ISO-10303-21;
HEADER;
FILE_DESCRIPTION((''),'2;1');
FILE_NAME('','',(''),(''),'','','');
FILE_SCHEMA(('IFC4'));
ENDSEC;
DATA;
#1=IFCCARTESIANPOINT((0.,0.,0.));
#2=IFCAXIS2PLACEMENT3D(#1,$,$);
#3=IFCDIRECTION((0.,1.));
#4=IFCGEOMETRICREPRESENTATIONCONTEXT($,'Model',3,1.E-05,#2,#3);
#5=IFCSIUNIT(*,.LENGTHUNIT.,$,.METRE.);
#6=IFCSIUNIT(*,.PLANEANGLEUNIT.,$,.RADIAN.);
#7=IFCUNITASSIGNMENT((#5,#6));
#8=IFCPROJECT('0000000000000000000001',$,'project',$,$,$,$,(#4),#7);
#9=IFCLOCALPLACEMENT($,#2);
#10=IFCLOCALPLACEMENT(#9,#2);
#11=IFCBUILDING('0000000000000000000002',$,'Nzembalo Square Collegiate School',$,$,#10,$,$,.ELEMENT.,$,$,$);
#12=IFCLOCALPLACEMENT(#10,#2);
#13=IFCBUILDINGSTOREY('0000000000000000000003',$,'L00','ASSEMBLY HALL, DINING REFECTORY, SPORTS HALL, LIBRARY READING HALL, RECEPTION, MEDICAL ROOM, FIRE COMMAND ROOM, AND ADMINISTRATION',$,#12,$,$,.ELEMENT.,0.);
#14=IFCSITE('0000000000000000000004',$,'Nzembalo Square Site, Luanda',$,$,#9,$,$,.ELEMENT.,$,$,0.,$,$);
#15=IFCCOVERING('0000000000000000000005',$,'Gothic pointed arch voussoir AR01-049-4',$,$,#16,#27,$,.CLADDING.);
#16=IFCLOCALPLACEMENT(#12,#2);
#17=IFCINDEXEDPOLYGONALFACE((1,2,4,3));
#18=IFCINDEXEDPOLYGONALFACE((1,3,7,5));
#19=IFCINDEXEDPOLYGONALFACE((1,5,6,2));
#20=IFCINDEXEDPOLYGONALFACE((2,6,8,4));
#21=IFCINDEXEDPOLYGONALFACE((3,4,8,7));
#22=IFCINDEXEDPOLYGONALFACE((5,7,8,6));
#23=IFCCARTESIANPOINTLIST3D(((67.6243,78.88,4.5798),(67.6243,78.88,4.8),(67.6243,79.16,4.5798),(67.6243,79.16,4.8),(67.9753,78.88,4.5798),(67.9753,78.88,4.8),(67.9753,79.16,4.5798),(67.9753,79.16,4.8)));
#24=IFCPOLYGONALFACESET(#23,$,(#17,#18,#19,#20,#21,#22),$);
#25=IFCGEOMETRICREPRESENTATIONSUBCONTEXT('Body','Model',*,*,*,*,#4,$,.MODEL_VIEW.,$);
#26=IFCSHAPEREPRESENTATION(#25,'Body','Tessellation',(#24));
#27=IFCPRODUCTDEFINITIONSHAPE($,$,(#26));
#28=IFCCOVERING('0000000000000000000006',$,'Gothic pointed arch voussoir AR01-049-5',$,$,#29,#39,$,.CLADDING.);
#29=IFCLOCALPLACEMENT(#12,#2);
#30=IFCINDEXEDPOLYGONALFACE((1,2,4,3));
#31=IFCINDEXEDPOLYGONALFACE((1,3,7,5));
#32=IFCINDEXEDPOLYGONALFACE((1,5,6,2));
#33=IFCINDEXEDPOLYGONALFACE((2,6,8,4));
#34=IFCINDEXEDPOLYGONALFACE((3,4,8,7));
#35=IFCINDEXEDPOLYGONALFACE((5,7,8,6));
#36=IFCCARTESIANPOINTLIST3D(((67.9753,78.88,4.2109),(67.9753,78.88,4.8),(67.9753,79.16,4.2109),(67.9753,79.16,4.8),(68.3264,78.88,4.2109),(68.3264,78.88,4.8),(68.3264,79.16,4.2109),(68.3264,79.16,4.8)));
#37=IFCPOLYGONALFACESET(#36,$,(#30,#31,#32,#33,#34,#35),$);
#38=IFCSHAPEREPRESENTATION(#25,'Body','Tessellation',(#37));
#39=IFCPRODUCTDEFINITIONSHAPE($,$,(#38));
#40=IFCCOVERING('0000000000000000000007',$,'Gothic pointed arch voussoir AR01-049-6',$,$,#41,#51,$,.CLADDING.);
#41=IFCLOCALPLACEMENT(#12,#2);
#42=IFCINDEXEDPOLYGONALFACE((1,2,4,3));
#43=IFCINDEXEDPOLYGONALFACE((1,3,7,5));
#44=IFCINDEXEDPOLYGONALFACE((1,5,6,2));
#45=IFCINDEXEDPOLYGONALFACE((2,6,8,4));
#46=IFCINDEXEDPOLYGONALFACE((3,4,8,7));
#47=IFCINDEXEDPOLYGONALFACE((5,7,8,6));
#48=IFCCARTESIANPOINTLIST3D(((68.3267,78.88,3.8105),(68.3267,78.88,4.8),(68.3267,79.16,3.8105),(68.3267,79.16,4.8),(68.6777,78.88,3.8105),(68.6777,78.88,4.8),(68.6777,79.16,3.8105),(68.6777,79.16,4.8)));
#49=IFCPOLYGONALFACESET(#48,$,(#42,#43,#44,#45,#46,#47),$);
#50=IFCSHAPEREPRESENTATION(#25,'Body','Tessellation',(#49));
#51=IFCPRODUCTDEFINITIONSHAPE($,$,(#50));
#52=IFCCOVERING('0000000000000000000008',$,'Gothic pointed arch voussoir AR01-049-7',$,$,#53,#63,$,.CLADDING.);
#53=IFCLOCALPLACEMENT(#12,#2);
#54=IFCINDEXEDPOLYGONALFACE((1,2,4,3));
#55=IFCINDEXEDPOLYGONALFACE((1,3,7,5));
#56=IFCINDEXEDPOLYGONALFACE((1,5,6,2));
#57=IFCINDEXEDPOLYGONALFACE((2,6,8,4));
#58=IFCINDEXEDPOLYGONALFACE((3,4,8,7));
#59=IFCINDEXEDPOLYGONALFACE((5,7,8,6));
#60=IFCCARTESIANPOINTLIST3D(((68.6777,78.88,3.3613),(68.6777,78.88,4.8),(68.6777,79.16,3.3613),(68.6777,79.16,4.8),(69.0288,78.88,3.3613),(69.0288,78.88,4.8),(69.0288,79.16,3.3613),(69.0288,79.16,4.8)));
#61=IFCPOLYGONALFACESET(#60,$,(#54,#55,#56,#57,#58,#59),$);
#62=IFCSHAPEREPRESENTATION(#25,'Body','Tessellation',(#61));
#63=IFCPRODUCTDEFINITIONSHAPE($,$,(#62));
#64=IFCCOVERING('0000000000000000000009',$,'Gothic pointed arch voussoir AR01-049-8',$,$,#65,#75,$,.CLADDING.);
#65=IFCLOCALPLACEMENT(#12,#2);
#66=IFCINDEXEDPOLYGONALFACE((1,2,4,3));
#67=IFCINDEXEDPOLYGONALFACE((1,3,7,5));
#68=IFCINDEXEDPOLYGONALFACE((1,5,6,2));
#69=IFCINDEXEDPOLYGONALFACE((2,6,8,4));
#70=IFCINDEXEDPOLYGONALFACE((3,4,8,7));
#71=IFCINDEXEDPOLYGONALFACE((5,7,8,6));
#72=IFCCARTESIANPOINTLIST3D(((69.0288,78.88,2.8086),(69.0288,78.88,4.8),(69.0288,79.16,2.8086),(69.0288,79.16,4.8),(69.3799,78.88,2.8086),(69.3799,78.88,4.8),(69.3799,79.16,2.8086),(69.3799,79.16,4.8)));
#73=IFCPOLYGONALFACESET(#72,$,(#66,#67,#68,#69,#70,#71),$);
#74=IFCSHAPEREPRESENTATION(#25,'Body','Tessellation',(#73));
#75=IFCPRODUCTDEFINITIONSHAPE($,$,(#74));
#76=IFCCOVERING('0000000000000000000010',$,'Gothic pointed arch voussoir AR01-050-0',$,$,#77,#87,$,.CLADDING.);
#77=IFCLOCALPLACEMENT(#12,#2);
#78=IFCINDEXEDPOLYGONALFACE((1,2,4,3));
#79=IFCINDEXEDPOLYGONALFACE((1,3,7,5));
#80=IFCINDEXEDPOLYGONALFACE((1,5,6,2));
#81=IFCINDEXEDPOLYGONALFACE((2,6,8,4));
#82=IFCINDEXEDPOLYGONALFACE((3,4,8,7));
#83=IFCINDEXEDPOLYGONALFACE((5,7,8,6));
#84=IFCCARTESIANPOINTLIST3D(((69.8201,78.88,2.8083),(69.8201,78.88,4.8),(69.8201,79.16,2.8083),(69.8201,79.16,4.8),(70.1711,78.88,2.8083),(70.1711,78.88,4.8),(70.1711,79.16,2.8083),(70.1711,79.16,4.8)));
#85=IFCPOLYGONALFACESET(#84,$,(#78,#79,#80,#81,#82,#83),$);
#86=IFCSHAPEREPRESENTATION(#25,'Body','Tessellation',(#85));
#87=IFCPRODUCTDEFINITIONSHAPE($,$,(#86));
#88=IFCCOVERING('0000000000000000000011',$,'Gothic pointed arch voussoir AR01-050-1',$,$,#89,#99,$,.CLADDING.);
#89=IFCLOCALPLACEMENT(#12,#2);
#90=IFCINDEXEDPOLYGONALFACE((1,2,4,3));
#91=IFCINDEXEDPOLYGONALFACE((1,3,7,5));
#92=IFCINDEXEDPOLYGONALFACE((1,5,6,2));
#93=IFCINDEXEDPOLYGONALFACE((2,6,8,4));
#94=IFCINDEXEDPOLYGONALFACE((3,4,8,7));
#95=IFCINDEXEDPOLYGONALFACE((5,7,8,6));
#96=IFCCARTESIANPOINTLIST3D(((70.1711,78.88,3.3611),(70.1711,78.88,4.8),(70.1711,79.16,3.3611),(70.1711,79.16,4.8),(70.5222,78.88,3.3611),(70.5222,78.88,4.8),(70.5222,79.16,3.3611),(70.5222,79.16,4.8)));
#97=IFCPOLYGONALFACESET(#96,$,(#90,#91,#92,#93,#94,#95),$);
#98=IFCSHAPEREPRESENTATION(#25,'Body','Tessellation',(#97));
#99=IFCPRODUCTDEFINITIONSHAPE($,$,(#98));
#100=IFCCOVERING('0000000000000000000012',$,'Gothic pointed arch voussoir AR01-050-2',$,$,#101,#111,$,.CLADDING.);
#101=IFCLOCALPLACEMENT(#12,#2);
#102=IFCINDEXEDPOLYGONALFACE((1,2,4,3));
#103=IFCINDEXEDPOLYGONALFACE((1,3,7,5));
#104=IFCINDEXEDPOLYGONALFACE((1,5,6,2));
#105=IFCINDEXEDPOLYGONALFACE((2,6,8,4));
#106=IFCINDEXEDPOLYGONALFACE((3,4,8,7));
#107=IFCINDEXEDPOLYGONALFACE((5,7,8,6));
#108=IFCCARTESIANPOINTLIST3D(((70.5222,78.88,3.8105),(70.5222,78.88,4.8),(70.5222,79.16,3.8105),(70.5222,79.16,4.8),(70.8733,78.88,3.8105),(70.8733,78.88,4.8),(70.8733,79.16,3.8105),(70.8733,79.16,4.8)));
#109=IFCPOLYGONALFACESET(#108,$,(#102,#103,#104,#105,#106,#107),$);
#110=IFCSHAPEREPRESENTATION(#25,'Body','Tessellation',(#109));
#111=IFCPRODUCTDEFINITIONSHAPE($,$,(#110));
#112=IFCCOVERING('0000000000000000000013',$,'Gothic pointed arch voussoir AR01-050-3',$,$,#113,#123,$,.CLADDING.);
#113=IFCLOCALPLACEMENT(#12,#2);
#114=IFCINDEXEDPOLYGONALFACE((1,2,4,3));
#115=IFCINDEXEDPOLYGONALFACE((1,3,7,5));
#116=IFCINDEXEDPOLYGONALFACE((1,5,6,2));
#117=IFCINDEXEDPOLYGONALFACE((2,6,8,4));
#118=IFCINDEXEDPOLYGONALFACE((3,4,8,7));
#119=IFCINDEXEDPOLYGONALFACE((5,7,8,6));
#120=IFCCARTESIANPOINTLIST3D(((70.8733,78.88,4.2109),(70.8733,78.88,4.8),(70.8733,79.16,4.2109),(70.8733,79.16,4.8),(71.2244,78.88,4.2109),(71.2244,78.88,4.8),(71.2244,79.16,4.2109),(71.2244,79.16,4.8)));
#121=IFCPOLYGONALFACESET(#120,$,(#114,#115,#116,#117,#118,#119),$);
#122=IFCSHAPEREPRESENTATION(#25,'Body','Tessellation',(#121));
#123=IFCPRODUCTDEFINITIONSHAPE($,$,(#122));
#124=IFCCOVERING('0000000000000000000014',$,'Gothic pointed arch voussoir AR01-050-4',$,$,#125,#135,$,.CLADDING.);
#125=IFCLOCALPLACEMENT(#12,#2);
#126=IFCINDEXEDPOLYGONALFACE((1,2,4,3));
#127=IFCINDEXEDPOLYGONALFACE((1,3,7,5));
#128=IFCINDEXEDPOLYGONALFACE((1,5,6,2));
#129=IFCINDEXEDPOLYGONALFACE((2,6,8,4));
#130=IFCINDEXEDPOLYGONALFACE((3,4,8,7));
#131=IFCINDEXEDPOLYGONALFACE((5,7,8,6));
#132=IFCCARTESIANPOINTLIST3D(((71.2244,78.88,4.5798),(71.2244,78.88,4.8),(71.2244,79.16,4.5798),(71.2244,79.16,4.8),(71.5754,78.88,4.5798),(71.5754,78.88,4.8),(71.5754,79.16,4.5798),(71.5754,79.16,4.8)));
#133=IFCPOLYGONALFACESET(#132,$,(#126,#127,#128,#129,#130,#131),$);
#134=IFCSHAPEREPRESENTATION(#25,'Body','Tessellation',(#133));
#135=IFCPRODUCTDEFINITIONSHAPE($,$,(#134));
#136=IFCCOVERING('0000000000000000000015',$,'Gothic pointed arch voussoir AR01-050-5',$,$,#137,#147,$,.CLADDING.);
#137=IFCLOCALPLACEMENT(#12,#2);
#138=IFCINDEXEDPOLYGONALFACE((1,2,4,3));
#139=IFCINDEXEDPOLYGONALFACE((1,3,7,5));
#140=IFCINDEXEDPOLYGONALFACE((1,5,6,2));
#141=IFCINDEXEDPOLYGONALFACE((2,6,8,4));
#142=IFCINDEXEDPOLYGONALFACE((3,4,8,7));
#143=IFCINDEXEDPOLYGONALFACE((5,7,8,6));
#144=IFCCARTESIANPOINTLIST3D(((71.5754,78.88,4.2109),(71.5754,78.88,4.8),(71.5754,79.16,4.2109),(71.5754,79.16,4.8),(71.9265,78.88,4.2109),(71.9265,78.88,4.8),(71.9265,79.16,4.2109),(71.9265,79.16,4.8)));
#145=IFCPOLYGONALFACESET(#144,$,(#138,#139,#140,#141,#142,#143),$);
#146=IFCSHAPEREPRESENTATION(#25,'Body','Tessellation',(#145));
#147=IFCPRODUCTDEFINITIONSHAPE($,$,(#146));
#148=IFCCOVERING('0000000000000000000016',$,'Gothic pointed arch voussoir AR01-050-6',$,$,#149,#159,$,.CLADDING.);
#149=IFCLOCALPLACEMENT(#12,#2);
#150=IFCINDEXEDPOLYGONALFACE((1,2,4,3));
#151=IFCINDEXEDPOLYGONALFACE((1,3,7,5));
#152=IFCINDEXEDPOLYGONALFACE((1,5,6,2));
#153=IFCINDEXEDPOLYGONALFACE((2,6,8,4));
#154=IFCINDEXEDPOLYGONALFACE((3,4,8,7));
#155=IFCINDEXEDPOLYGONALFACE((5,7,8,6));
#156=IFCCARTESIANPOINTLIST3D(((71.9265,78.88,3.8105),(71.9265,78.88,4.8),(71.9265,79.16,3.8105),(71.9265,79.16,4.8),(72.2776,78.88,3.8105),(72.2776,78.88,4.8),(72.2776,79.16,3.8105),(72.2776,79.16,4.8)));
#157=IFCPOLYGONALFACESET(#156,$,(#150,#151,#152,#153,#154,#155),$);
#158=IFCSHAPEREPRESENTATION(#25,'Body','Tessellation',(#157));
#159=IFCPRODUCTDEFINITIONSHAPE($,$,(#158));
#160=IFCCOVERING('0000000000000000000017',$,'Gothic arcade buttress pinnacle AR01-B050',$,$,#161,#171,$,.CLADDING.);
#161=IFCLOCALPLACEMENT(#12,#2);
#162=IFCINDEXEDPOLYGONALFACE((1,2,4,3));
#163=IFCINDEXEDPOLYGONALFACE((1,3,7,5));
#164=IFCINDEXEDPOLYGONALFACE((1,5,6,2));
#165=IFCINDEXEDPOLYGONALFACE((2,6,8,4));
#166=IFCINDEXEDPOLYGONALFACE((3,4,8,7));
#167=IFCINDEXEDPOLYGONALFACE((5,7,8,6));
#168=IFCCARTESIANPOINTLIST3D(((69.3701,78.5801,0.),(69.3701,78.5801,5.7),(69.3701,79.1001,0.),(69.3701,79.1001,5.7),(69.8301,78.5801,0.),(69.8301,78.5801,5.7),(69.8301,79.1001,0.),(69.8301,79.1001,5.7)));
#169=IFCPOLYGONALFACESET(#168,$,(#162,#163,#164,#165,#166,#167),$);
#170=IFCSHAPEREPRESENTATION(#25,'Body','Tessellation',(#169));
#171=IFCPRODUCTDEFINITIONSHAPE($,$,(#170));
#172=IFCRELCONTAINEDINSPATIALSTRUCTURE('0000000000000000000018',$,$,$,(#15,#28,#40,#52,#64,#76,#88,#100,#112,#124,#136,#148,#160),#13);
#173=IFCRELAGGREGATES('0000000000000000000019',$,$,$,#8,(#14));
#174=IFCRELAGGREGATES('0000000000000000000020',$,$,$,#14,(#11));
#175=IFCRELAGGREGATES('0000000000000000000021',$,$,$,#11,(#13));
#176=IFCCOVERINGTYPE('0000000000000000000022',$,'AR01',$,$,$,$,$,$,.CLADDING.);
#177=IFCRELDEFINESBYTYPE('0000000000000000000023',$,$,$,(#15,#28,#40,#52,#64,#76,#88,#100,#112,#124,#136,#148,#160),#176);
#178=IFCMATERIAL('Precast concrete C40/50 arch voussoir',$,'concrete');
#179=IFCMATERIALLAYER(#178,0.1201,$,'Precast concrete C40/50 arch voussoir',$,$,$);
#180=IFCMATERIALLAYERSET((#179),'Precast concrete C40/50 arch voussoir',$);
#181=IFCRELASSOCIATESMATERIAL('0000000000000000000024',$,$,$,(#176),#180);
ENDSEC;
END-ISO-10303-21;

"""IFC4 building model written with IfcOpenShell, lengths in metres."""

from ifc_helpers import new_model, si_unit, direction, frame, origin, origin_2d, place, context, subcontext, project, spatial, rectangle, extrude, material, layer, layer_set, type_object, element, save


model = new_model("IFC4")

# Units and contexts
model_context = context("Model", 3, precision=1e-05, world=origin(), true_north=direction((0.0, 1.0)))
body_context = subcontext(model_context, "Body", "Model", "MODEL_VIEW")
ifc_project = project(units=[si_unit("LENGTHUNIT", "METRE"), si_unit("PLANEANGLEUNIT", "RADIAN")], contexts=[model_context])

# Site, building, storey
site_placement = place(None, origin())
site = spatial("IfcSite", under=ifc_project, at=site_placement, Name="Nzembalo Square Site, Luanda", CompositionType="ELEMENT", RefElevation=0.0)
building_placement = place(site_placement, origin())
building = spatial("IfcBuilding", under=site, at=building_placement, Name="Nzembalo Square Collegiate School", CompositionType="ELEMENT")
storey_placement = place(building_placement, origin())
storey = spatial("IfcBuildingStorey", under=building, at=storey_placement, Name="L00", Description="ASSEMBLY HALL, DINING REFECTORY, SPORTS HALL, LIBRARY READING HALL, RECEPTION, MEDICAL ROOM, FIRE COMMAND ROOM, AND ADMINISTRATION", CompositionType="ELEMENT", Elevation=0.0)

# Coverings
ifc_material_1 = material(Name="Precast concrete C40/50 arch voussoir", Category="concrete")
ifc_layer_1 = layer(ifc_material_1, 0.1201, Name="Precast concrete C40/50 arch voussoir")
ifc_layer_set_1 = layer_set([ifc_layer_1], Name="Precast concrete C40/50 arch voussoir")
covering_type = type_object("IfcCoveringType", Name="AR01", PredefinedType="CLADDING", material=ifc_layer_set_1)
covering_1_placement = place(storey_placement, frame((67.7998, 79.02, 4.5798), z_axis=(0.0, 0.0, 1.0), x_axis=(1.0, 0.0, 0.0)))
element("IfcCovering", 1, at=covering_1_placement, inside=storey, type_object=covering_type, Name="Gothic pointed arch voussoir AR01-049-4", PredefinedType="CLADDING", context=body_context, shape_type="SweptSolid", body=[
    extrude(rectangle(XDim=0.3511, YDim=0.28, at=origin_2d()), origin(), (0.0, 0.0, 1.0), 0.2202),
])
covering_2_placement = place(storey_placement, frame((68.1509, 79.02, 4.2109), z_axis=(0.0, 0.0, 1.0), x_axis=(1.0, 0.0, 0.0)))
element("IfcCovering", 2, at=covering_2_placement, inside=storey, type_object=covering_type, Name="Gothic pointed arch voussoir AR01-049-5", PredefinedType="CLADDING", context=body_context, shape_type="SweptSolid", body=[
    extrude(rectangle(XDim=0.3511, YDim=0.28, at=origin_2d()), origin(), (0.0, 0.0, 1.0), 0.5891),
])
covering_3_placement = place(storey_placement, frame((68.5022, 79.02, 3.8105), z_axis=(0.0, 0.0, 1.0), x_axis=(1.0, 0.0, 0.0)))
element("IfcCovering", 3, at=covering_3_placement, inside=storey, type_object=covering_type, Name="Gothic pointed arch voussoir AR01-049-6", PredefinedType="CLADDING", context=body_context, shape_type="SweptSolid", body=[
    extrude(rectangle(XDim=0.3511, YDim=0.28, at=origin_2d()), origin(), (0.0, 0.0, 1.0), 0.9895),
])
covering_4_placement = place(storey_placement, frame((68.8533, 79.02, 3.3613), z_axis=(0.0, 0.0, 1.0), x_axis=(1.0, 0.0, 0.0)))
element("IfcCovering", 4, at=covering_4_placement, inside=storey, type_object=covering_type, Name="Gothic pointed arch voussoir AR01-049-7", PredefinedType="CLADDING", context=body_context, shape_type="SweptSolid", body=[
    extrude(rectangle(XDim=0.3511, YDim=0.28, at=origin_2d()), origin(), (0.0, 0.0, 1.0), 1.4387),
])
covering_5_placement = place(storey_placement, frame((69.2043, 79.02, 2.8086), z_axis=(0.0, 0.0, 1.0), x_axis=(1.0, 0.0, 0.0)))
element("IfcCovering", 5, at=covering_5_placement, inside=storey, type_object=covering_type, Name="Gothic pointed arch voussoir AR01-049-8", PredefinedType="CLADDING", context=body_context, shape_type="SweptSolid", body=[
    extrude(rectangle(XDim=0.3511, YDim=0.28, at=origin_2d()), origin(), (0.0, 0.0, 1.0), 1.9915),
])
covering_6_placement = place(storey_placement, frame((69.9956, 79.02, 2.8083), z_axis=(0.0, 0.0, 1.0), x_axis=(1.0, 0.0, 0.0)))
element("IfcCovering", 6, at=covering_6_placement, inside=storey, type_object=covering_type, Name="Gothic pointed arch voussoir AR01-050-0", PredefinedType="CLADDING", context=body_context, shape_type="SweptSolid", body=[
    extrude(rectangle(XDim=0.3511, YDim=0.28, at=origin_2d()), origin(), (0.0, 0.0, 1.0), 1.9917),
])
covering_7_placement = place(storey_placement, frame((70.3467, 79.02, 3.3611), z_axis=(0.0, 0.0, 1.0), x_axis=(1.0, 0.0, 0.0)))
element("IfcCovering", 7, at=covering_7_placement, inside=storey, type_object=covering_type, Name="Gothic pointed arch voussoir AR01-050-1", PredefinedType="CLADDING", context=body_context, shape_type="SweptSolid", body=[
    extrude(rectangle(XDim=0.3511, YDim=0.28, at=origin_2d()), origin(), (0.0, 0.0, 1.0), 1.439),
])
covering_8_placement = place(storey_placement, frame((70.6978, 79.02, 3.8105), z_axis=(0.0, 0.0, 1.0), x_axis=(1.0, 0.0, 0.0)))
element("IfcCovering", 8, at=covering_8_placement, inside=storey, type_object=covering_type, Name="Gothic pointed arch voussoir AR01-050-2", PredefinedType="CLADDING", context=body_context, shape_type="SweptSolid", body=[
    extrude(rectangle(XDim=0.3511, YDim=0.28, at=origin_2d()), origin(), (0.0, 0.0, 1.0), 0.9895),
])
covering_9_placement = place(storey_placement, frame((71.0488, 79.02, 4.2109), z_axis=(0.0, 0.0, 1.0), x_axis=(1.0, 0.0, 0.0)))
element("IfcCovering", 9, at=covering_9_placement, inside=storey, type_object=covering_type, Name="Gothic pointed arch voussoir AR01-050-3", PredefinedType="CLADDING", context=body_context, shape_type="SweptSolid", body=[
    extrude(rectangle(XDim=0.3511, YDim=0.28, at=origin_2d()), origin(), (0.0, 0.0, 1.0), 0.5891),
])
covering_10_placement = place(storey_placement, frame((71.3999, 79.02, 4.5798), z_axis=(0.0, 0.0, 1.0), x_axis=(1.0, 0.0, 0.0)))
element("IfcCovering", 10, at=covering_10_placement, inside=storey, type_object=covering_type, Name="Gothic pointed arch voussoir AR01-050-4", PredefinedType="CLADDING", context=body_context, shape_type="SweptSolid", body=[
    extrude(rectangle(XDim=0.3511, YDim=0.28, at=origin_2d()), origin(), (0.0, 0.0, 1.0), 0.2202),
])
covering_11_placement = place(storey_placement, frame((71.751, 79.02, 4.2109), z_axis=(0.0, 0.0, 1.0), x_axis=(1.0, 0.0, 0.0)))
element("IfcCovering", 11, at=covering_11_placement, inside=storey, type_object=covering_type, Name="Gothic pointed arch voussoir AR01-050-5", PredefinedType="CLADDING", context=body_context, shape_type="SweptSolid", body=[
    extrude(rectangle(XDim=0.3511, YDim=0.28, at=origin_2d()), origin(), (0.0, 0.0, 1.0), 0.5891),
])
covering_12_placement = place(storey_placement, frame((72.1021, 79.02, 3.8105), z_axis=(0.0, 0.0, 1.0), x_axis=(1.0, 0.0, 0.0)))
element("IfcCovering", 12, at=covering_12_placement, inside=storey, type_object=covering_type, Name="Gothic pointed arch voussoir AR01-050-6", PredefinedType="CLADDING", context=body_context, shape_type="SweptSolid", body=[
    extrude(rectangle(XDim=0.3511, YDim=0.28, at=origin_2d()), origin(), (0.0, 0.0, 1.0), 0.9895),
])
covering_13_placement = place(storey_placement, frame((69.6001, 78.8401, 0.0), z_axis=(0.0, 0.0, 1.0), x_axis=(1.0, 0.0, 0.0)))
element("IfcCovering", 13, at=covering_13_placement, inside=storey, type_object=covering_type, Name="Gothic arcade buttress pinnacle AR01-B050", PredefinedType="CLADDING", context=body_context, shape_type="SweptSolid", body=[
    extrude(rectangle(XDim=0.46, YDim=0.52, at=origin_2d()), origin(), (0.0, 0.0, 1.0), 5.7),
])

save(model, "model.ifc")
